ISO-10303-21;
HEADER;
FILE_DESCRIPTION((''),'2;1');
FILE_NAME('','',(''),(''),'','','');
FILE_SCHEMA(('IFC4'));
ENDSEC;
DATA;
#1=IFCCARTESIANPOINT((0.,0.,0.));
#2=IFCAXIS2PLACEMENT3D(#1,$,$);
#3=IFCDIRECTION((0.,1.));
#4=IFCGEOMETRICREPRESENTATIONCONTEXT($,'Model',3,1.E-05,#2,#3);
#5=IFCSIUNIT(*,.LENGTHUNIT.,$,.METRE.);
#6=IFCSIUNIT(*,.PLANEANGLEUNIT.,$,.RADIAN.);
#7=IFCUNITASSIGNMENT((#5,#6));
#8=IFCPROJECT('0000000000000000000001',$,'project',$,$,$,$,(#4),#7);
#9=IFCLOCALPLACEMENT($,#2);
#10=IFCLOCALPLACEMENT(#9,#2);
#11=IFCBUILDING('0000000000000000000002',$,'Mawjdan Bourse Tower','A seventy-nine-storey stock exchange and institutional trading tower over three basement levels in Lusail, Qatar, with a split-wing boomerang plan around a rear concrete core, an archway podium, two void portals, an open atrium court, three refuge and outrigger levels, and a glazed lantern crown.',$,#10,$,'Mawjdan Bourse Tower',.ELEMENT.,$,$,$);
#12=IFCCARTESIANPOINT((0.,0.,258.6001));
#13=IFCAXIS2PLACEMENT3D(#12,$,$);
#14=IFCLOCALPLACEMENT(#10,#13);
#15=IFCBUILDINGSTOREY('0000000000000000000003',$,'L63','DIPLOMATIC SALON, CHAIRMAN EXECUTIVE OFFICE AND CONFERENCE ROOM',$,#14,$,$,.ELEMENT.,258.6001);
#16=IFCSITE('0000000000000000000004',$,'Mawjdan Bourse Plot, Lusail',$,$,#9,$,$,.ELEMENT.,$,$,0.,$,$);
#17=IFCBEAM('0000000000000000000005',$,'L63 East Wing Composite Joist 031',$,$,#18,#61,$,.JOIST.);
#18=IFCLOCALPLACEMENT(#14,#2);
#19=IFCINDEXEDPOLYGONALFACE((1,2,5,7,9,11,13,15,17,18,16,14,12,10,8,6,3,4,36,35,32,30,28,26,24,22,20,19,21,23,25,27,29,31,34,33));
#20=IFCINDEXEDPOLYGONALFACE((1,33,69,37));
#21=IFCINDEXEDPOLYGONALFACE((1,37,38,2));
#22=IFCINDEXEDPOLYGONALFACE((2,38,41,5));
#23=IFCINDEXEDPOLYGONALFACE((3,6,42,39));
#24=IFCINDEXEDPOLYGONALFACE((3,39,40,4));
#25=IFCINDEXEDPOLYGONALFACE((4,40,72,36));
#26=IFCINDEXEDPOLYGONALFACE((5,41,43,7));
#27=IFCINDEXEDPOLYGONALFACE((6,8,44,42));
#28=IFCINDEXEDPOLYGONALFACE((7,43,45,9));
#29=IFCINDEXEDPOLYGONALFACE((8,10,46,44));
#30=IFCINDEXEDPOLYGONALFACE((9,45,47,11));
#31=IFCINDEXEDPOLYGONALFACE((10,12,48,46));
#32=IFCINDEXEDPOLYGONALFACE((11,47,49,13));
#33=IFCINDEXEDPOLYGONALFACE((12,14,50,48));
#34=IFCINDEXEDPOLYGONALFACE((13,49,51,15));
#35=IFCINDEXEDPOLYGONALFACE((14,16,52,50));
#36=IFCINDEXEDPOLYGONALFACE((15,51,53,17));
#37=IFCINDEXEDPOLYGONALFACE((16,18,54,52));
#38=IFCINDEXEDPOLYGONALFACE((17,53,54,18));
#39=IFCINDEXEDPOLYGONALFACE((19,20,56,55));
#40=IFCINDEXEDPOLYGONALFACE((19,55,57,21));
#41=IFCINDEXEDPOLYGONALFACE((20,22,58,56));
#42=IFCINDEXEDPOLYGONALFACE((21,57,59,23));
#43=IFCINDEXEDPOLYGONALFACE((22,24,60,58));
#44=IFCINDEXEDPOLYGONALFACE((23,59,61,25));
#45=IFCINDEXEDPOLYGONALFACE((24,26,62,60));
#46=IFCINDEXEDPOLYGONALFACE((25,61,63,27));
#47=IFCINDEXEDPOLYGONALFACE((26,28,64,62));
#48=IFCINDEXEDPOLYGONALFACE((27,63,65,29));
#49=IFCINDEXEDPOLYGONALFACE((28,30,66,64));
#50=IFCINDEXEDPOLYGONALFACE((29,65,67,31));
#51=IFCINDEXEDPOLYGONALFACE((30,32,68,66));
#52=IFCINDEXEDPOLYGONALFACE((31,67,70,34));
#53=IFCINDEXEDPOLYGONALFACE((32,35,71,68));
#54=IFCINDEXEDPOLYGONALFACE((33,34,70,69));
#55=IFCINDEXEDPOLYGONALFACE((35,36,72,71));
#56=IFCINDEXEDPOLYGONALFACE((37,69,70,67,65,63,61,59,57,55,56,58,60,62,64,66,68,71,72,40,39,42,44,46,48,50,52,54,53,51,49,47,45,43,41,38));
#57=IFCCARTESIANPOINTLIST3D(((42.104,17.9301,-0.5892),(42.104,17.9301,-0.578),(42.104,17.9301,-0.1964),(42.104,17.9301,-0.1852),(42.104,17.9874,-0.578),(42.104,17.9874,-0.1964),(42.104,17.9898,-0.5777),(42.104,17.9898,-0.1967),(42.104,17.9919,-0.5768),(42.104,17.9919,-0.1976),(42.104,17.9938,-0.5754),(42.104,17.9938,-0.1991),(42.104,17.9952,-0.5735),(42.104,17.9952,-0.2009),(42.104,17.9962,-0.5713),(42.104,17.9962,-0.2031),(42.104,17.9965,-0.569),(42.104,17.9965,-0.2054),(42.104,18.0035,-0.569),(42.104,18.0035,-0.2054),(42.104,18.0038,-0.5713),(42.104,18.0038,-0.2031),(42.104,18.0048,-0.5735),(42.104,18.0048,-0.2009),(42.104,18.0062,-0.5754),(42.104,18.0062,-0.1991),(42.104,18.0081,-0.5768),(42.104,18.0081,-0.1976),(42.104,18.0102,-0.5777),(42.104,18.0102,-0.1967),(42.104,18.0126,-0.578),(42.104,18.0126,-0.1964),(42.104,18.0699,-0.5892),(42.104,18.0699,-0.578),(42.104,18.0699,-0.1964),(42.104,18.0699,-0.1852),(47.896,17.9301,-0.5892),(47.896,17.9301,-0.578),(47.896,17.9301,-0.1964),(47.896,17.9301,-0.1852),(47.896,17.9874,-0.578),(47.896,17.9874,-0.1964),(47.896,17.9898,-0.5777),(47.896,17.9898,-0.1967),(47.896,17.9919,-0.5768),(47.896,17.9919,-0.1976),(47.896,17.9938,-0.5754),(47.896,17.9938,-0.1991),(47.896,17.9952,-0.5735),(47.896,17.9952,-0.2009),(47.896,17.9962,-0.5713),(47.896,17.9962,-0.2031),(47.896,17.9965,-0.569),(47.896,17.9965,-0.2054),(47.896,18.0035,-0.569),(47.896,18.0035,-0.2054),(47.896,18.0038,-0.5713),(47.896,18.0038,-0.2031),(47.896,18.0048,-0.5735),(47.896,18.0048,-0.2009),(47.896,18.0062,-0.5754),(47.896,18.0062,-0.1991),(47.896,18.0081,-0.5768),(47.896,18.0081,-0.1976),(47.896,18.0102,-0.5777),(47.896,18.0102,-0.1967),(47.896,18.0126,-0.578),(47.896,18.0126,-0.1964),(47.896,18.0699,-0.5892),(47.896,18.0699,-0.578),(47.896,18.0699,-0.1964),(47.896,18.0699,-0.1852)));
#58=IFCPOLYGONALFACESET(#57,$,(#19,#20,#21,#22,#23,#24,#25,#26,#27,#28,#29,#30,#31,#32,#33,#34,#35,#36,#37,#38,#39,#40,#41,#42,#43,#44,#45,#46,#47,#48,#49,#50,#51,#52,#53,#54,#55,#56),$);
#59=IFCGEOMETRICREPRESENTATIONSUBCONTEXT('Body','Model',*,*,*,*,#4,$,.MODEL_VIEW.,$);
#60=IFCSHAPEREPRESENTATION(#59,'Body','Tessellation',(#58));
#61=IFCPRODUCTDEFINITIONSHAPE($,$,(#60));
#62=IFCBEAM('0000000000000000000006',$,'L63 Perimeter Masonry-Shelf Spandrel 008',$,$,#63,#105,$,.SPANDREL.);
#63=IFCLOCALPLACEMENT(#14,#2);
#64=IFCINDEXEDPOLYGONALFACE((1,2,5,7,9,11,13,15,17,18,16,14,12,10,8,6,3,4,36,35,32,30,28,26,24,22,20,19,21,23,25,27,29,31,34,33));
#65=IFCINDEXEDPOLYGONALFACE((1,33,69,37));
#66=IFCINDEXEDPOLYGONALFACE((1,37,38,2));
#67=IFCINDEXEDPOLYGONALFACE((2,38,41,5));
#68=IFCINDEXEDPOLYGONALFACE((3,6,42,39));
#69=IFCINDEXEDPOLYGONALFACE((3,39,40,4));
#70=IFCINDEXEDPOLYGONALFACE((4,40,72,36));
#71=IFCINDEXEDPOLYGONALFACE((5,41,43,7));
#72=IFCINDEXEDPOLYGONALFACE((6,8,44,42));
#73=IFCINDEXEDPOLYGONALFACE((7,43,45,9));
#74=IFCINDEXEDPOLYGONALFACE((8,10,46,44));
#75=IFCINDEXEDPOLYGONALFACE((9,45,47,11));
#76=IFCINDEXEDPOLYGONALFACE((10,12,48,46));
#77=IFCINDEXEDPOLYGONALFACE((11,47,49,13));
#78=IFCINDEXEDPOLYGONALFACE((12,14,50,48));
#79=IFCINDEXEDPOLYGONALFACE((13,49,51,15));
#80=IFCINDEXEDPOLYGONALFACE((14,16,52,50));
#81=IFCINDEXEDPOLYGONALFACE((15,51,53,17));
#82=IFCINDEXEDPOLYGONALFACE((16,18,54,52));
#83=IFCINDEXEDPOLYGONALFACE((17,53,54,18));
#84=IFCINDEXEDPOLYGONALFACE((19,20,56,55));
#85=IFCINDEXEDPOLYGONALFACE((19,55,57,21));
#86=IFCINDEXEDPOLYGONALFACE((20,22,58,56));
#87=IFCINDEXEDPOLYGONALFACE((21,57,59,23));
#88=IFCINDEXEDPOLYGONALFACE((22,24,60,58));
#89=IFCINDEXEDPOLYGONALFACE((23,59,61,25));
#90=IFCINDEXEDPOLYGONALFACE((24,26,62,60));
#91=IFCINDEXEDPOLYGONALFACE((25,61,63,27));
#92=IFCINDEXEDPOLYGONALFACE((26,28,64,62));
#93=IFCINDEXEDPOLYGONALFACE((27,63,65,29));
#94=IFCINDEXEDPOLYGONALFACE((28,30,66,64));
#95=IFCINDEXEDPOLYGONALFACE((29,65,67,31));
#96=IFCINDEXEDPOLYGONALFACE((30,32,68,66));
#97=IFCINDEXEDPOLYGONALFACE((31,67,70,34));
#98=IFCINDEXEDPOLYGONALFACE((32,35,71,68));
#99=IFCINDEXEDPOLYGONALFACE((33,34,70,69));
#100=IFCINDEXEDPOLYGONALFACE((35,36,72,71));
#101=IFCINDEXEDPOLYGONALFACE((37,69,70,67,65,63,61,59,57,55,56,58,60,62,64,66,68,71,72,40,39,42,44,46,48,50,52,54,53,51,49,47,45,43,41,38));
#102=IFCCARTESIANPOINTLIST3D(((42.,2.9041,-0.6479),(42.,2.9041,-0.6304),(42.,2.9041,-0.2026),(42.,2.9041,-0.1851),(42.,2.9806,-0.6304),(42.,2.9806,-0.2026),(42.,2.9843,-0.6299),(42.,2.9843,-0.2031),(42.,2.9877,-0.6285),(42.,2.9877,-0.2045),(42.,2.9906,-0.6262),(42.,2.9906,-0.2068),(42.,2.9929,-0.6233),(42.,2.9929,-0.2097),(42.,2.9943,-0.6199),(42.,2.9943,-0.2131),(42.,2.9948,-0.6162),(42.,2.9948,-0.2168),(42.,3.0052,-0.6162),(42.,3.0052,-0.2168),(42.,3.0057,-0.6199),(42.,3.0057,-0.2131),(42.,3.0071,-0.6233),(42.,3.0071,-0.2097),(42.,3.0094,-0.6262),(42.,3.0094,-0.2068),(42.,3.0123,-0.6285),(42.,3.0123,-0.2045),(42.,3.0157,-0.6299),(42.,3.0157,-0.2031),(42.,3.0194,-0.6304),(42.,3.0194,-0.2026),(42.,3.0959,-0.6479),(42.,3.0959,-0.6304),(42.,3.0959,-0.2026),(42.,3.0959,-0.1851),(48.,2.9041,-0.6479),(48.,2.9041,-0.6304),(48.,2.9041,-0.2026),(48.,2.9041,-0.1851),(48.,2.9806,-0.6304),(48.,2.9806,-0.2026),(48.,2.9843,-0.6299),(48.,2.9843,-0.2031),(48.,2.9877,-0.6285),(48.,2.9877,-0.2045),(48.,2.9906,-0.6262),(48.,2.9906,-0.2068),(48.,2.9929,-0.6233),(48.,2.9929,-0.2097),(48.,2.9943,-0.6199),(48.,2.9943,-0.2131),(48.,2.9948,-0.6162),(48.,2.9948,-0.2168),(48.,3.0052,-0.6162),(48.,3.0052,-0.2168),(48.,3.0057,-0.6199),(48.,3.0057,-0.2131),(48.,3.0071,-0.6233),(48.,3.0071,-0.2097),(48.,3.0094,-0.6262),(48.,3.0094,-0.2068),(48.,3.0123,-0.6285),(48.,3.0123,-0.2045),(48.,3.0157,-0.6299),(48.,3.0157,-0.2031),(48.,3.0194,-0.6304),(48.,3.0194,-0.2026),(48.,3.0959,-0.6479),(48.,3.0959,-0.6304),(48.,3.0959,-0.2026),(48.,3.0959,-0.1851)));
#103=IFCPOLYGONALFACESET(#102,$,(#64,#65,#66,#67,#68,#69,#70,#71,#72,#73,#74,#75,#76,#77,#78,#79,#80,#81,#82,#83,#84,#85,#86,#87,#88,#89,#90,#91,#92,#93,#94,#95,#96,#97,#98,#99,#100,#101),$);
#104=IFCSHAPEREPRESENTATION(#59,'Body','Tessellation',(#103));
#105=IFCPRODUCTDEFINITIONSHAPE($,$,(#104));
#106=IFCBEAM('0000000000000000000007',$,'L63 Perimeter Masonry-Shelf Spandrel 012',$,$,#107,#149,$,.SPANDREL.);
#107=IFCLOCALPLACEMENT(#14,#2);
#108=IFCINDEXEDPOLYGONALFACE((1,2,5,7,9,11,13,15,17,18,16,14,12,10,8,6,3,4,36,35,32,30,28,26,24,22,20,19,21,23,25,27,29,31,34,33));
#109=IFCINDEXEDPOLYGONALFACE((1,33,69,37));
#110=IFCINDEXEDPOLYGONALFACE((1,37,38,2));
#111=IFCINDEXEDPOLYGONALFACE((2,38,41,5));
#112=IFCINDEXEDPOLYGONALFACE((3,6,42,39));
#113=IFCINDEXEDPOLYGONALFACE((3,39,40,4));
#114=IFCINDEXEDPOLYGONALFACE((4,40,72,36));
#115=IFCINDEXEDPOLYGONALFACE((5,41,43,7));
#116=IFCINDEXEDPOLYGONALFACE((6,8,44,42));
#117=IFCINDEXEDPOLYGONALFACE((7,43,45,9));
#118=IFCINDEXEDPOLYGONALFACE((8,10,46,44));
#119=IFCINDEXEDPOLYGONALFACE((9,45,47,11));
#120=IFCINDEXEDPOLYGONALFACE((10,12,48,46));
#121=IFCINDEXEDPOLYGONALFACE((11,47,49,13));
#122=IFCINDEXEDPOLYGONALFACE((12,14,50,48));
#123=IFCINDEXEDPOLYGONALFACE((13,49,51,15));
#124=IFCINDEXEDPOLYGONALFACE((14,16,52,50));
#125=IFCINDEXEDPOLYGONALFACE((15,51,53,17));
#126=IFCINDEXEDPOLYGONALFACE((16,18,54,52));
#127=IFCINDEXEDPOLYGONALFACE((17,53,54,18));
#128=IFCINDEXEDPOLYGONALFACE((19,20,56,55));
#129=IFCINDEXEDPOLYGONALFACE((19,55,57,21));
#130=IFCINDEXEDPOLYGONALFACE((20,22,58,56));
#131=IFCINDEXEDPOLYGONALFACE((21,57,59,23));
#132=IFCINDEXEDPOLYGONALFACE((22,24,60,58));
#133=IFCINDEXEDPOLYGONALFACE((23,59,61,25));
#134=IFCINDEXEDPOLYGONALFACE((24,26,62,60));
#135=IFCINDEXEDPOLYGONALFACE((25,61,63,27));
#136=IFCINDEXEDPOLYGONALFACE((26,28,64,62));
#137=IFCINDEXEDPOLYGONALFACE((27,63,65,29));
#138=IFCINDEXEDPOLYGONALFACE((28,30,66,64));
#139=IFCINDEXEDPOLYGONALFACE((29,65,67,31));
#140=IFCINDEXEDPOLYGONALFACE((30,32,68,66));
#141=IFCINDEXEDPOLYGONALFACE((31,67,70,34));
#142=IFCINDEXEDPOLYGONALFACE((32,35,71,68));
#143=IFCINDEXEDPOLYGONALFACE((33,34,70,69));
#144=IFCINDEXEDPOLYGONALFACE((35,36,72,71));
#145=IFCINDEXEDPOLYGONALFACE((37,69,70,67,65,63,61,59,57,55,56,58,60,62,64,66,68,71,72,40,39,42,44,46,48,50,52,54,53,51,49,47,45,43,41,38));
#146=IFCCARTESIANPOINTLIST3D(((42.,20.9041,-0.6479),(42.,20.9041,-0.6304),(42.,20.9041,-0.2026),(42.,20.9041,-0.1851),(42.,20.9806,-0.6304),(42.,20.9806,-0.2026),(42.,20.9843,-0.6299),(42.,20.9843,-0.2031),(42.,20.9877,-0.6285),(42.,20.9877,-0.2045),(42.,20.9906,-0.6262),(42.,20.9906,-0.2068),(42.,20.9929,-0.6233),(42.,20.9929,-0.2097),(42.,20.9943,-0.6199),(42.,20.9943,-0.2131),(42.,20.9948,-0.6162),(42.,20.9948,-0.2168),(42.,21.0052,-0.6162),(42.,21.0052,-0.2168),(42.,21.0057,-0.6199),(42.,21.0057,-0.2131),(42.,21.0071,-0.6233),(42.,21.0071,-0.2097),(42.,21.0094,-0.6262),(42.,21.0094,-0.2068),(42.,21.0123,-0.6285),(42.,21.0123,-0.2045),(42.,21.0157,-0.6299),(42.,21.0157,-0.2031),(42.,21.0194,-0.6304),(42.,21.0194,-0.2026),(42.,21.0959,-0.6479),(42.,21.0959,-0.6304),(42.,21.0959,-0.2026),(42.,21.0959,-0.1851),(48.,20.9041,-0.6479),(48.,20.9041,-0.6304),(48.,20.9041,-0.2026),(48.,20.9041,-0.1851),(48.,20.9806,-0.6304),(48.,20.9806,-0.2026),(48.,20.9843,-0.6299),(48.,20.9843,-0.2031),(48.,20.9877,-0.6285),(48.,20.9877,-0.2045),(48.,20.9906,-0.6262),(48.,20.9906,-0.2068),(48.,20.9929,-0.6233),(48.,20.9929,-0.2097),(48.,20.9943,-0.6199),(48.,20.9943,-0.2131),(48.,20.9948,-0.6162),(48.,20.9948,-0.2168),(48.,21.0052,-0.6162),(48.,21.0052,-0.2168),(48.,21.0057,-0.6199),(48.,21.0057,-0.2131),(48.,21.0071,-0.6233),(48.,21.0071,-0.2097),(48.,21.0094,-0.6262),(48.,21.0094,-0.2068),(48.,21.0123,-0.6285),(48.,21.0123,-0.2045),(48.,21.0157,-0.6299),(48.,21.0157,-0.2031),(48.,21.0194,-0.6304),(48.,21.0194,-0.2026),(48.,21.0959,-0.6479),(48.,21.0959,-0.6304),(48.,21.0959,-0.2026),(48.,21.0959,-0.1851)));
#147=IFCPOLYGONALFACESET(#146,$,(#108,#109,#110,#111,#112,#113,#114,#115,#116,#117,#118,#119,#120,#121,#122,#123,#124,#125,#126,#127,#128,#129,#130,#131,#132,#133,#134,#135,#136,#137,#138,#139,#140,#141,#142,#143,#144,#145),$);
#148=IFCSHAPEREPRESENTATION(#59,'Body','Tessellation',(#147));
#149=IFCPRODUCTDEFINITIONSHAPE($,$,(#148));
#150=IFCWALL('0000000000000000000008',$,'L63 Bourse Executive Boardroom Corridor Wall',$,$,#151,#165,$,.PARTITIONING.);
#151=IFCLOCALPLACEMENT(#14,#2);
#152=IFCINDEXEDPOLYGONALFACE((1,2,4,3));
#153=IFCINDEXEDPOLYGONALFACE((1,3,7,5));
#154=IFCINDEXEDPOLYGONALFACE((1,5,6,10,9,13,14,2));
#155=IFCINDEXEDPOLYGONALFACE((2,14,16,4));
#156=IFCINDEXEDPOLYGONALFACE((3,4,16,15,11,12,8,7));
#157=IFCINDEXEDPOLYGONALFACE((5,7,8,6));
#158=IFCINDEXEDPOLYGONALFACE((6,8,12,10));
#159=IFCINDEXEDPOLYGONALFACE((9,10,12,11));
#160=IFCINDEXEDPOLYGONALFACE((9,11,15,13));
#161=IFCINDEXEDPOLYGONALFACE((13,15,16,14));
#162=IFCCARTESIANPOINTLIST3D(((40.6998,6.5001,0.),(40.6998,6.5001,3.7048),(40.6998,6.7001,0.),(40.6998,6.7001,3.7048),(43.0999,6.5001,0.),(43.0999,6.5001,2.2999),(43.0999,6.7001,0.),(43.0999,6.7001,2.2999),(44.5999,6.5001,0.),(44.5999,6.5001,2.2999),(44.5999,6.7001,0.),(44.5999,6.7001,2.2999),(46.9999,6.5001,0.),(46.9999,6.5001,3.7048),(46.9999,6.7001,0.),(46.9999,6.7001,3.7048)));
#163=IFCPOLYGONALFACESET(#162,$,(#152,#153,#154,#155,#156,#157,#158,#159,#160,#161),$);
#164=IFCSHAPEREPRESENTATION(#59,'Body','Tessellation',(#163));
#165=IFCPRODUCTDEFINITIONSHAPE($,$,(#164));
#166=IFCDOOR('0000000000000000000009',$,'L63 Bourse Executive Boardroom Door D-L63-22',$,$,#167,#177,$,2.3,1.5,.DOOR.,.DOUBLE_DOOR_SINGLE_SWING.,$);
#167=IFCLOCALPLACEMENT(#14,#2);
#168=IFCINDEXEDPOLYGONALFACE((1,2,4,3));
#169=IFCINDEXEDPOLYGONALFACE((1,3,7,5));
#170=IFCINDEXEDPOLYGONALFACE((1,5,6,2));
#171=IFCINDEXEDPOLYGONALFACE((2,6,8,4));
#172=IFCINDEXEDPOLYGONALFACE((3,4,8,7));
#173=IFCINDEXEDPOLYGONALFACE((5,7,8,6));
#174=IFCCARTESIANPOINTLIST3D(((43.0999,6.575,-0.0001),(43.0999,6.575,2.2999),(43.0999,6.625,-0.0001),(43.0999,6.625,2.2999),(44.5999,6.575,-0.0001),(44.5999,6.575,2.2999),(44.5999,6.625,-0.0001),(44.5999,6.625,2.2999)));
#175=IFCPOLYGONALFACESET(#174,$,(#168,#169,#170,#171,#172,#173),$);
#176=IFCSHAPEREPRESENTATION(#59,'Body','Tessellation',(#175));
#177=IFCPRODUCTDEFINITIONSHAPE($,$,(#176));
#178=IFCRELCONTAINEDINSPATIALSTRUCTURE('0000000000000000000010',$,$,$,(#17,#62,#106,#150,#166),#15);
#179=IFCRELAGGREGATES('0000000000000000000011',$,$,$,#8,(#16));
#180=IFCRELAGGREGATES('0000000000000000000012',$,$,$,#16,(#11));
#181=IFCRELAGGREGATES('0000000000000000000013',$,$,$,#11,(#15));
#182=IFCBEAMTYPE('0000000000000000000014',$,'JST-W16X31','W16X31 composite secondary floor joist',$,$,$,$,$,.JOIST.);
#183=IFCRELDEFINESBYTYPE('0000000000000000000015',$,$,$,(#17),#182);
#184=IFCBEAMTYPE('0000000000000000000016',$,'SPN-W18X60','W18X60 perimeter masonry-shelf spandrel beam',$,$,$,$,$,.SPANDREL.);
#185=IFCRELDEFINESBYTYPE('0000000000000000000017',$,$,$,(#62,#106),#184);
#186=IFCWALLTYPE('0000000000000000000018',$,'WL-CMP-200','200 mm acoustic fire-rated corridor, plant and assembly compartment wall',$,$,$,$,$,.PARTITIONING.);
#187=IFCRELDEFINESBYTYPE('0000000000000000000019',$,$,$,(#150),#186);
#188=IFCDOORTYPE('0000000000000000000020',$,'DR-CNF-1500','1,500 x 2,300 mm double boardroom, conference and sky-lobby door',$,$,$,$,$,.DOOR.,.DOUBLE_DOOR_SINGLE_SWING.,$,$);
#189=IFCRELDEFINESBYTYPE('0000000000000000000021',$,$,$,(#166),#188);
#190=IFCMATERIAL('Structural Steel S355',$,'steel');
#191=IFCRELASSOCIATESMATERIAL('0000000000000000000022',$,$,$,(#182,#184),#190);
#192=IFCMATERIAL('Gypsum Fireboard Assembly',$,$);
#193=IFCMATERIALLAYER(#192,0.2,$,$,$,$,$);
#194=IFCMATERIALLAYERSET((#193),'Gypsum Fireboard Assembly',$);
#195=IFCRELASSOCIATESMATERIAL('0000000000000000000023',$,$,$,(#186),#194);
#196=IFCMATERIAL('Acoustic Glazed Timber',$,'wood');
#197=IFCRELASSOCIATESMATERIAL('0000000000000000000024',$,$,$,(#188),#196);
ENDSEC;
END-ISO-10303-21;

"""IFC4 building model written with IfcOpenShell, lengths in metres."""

from ifc_helpers import new_model, si_unit, direction, frame, frame_2d, origin, origin_2d, place, context, subcontext, project, spatial, rectangle, i_section, extrude, material, layer, layer_set, material_profile, profile_set, type_object, element, fill, save


model = new_model("IFC4")

# Units and contexts
model_context = context("Model", 3, precision=1e-05, world=origin(), true_north=direction((0.0, 1.0)))
body_context = subcontext(model_context, "Body", "Model", "MODEL_VIEW")
ifc_project = project(units=[si_unit("LENGTHUNIT", "METRE"), si_unit("PLANEANGLEUNIT", "RADIAN")], contexts=[model_context])

# Site, building, storey
site_placement = place(None, origin())
site = spatial("IfcSite", under=ifc_project, at=site_placement, Name="Mawjdan Bourse Plot, Lusail", CompositionType="ELEMENT", RefElevation=0.0)
building_placement = place(site_placement, origin())
building = spatial("IfcBuilding", under=site, at=building_placement, Name="Mawjdan Bourse Tower", Description="A seventy-nine-storey stock exchange and institutional trading tower over three basement levels in Lusail, Qatar, with a split-wing boomerang plan around a rear concrete core, an archway podium, two void portals, an open atrium court, three refuge and outrigger levels, and a glazed lantern crown.", LongName="Mawjdan Bourse Tower", CompositionType="ELEMENT")
storey_placement = place(building_placement, frame((0.0, 0.0, 258.6001)))
storey = spatial("IfcBuildingStorey", under=building, at=storey_placement, Name="L63", Description="DIPLOMATIC SALON, CHAIRMAN EXECUTIVE OFFICE AND CONFERENCE ROOM", CompositionType="ELEMENT", Elevation=258.6001)

# Beams
ifc_material_1 = material(Name="Structural Steel S355", Category="steel")
ifc_material_profile_1 = material_profile(ifc_material_1, i_section(OverallWidth=0.1399, OverallDepth=0.4041, WebThickness=0.0071, FlangeThickness=0.0112, FilletRadius=0.009, at=origin_2d()), Name="W16X31")
ifc_profile_set_1 = profile_set([ifc_material_profile_1], Name="Structural Steel S355")
beam_type_1 = type_object("IfcBeamType", Name="JST-W16X31", Description="W16X31 composite secondary floor joist", PredefinedType="JOIST", material=ifc_profile_set_1)
beam_1_placement = place(storey_placement, frame((42.104, 18.0, -0.3872), z_axis=(1.0, 0.0, 0.0), x_axis=(0.0, 1.0, 0.0)))
element("IfcBeam", 1, at=beam_1_placement, inside=storey, type_object=beam_type_1, Name="L63 East Wing Composite Joist 031", PredefinedType="JOIST", context=body_context, shape_type="SweptSolid", body=[
    extrude(i_section(OverallWidth=0.1399, OverallDepth=0.4041, WebThickness=0.0071, FlangeThickness=0.0112, FilletRadius=0.009, at=origin_2d()), origin(), (0.0, 0.0, 1.0), 5.792),
])
ifc_material_profile_2 = material_profile(ifc_material_1, i_section(OverallWidth=0.1919, OverallDepth=0.4629, WebThickness=0.0105, FlangeThickness=0.0176, FilletRadius=0.0142, at=origin_2d()), Name="W18X60")
ifc_profile_set_2 = profile_set([ifc_material_profile_2], Name="Structural Steel S355")
beam_type_2 = type_object("IfcBeamType", Name="SPN-W18X60", Description="W18X60 perimeter masonry-shelf spandrel beam", PredefinedType="SPANDREL", material=ifc_profile_set_2)
for number, where, z_axis, x_axis, name in (
    (2, (42.0, 3.0, -0.4165), (1.0, 0.0, 0.0), (0.0, 1.0, 0.0), "L63 Perimeter Masonry-Shelf Spandrel 008"),
    (3, (42.0, 21.0, -0.4165), (1.0, 0.0, 0.0), (0.0, 1.0, 0.0), "L63 Perimeter Masonry-Shelf Spandrel 012"),
):
    element("IfcBeam", number, at=place(storey_placement, frame(where, z_axis=z_axis, x_axis=x_axis)), inside=storey, type_object=beam_type_2, Name=name, PredefinedType="SPANDREL", context=body_context, shape_type="SweptSolid", body=[
        extrude(i_section(OverallWidth=0.1919, OverallDepth=0.4629, WebThickness=0.0105, FlangeThickness=0.0176, FilletRadius=0.0142, at=origin_2d()), origin(), (0.0, 0.0, 1.0), 6.0),
    ])

# Wall, opening, door
ifc_material_2 = material(Name="Gypsum Fireboard Assembly")
ifc_layer_1 = layer(ifc_material_2, 0.2)
ifc_layer_set_1 = layer_set([ifc_layer_1], Name="Gypsum Fireboard Assembly")
wall_type_1 = type_object("IfcWallType", Name="WL-CMP-200", Description="200 mm acoustic fire-rated corridor, plant and assembly compartment wall", PredefinedType="PARTITIONING", material=ifc_layer_set_1)
wall_1_placement = place(storey_placement, frame((40.7, 6.6001, 0.0), z_axis=(0.0, 0.0, 1.0), x_axis=(1.0, 0.0, 0.0)))
wall_1 = element("IfcWall", 4, at=wall_1_placement, inside=storey, type_object=wall_type_1, Name="L63 Bourse Executive Boardroom Corridor Wall", PredefinedType="PARTITIONING", context=body_context, shape_type="SweptSolid", body=[
    extrude(rectangle(XDim=6.3, YDim=0.2, at=frame_2d((3.1499, 0.0))), origin(), (0.0, 0.0, 1.0), 3.7048),
])
opening_1_placement = place(wall_1_placement, frame((2.3999, 0.0, 0.0)))
opening_1 = element("IfcOpeningElement", 5, at=opening_1_placement, cuts=wall_1, PredefinedType="OPENING", context=body_context, shape_type="SweptSolid", body=[
    extrude(rectangle(XDim=1.5, YDim=2.3, at=frame_2d((0.75, 1.1499))), frame((0.0, 0.1099, 0.0), z_axis=(0.0, -1.0, 0.0), x_axis=(1.0, 0.0, 0.0)), (0.0, 0.0, 1.0), 0.22),
])
ifc_material_3 = material(Name="Acoustic Glazed Timber", Category="wood")
door_type_1 = type_object("IfcDoorType", Name="DR-CNF-1500", Description="1,500 x 2,300 mm double boardroom, conference and sky-lobby door", OperationType="DOUBLE_DOOR_SINGLE_SWING", PredefinedType="DOOR", material=ifc_material_3)
door_1_placement = place(opening_1_placement, origin())
door_1 = element("IfcDoor", 6, at=door_1_placement, inside=storey, type_object=door_type_1, Name="L63 Bourse Executive Boardroom Door D-L63-22", OperationType="DOUBLE_DOOR_SINGLE_SWING", OverallHeight=2.3, OverallWidth=1.5, PredefinedType="DOOR", context=body_context, shape_type="SweptSolid", body=[
    extrude(rectangle(XDim=1.5, YDim=2.3, at=frame_2d((0.75, 1.1499))), frame((0.0, 0.0249, 0.0), z_axis=(0.0, -1.0, 0.0), x_axis=(1.0, 0.0, 0.0)), (0.0, 0.0, 1.0), 0.05),
])
fill(opening_1, door_1)

save(model, "model.ifc")
